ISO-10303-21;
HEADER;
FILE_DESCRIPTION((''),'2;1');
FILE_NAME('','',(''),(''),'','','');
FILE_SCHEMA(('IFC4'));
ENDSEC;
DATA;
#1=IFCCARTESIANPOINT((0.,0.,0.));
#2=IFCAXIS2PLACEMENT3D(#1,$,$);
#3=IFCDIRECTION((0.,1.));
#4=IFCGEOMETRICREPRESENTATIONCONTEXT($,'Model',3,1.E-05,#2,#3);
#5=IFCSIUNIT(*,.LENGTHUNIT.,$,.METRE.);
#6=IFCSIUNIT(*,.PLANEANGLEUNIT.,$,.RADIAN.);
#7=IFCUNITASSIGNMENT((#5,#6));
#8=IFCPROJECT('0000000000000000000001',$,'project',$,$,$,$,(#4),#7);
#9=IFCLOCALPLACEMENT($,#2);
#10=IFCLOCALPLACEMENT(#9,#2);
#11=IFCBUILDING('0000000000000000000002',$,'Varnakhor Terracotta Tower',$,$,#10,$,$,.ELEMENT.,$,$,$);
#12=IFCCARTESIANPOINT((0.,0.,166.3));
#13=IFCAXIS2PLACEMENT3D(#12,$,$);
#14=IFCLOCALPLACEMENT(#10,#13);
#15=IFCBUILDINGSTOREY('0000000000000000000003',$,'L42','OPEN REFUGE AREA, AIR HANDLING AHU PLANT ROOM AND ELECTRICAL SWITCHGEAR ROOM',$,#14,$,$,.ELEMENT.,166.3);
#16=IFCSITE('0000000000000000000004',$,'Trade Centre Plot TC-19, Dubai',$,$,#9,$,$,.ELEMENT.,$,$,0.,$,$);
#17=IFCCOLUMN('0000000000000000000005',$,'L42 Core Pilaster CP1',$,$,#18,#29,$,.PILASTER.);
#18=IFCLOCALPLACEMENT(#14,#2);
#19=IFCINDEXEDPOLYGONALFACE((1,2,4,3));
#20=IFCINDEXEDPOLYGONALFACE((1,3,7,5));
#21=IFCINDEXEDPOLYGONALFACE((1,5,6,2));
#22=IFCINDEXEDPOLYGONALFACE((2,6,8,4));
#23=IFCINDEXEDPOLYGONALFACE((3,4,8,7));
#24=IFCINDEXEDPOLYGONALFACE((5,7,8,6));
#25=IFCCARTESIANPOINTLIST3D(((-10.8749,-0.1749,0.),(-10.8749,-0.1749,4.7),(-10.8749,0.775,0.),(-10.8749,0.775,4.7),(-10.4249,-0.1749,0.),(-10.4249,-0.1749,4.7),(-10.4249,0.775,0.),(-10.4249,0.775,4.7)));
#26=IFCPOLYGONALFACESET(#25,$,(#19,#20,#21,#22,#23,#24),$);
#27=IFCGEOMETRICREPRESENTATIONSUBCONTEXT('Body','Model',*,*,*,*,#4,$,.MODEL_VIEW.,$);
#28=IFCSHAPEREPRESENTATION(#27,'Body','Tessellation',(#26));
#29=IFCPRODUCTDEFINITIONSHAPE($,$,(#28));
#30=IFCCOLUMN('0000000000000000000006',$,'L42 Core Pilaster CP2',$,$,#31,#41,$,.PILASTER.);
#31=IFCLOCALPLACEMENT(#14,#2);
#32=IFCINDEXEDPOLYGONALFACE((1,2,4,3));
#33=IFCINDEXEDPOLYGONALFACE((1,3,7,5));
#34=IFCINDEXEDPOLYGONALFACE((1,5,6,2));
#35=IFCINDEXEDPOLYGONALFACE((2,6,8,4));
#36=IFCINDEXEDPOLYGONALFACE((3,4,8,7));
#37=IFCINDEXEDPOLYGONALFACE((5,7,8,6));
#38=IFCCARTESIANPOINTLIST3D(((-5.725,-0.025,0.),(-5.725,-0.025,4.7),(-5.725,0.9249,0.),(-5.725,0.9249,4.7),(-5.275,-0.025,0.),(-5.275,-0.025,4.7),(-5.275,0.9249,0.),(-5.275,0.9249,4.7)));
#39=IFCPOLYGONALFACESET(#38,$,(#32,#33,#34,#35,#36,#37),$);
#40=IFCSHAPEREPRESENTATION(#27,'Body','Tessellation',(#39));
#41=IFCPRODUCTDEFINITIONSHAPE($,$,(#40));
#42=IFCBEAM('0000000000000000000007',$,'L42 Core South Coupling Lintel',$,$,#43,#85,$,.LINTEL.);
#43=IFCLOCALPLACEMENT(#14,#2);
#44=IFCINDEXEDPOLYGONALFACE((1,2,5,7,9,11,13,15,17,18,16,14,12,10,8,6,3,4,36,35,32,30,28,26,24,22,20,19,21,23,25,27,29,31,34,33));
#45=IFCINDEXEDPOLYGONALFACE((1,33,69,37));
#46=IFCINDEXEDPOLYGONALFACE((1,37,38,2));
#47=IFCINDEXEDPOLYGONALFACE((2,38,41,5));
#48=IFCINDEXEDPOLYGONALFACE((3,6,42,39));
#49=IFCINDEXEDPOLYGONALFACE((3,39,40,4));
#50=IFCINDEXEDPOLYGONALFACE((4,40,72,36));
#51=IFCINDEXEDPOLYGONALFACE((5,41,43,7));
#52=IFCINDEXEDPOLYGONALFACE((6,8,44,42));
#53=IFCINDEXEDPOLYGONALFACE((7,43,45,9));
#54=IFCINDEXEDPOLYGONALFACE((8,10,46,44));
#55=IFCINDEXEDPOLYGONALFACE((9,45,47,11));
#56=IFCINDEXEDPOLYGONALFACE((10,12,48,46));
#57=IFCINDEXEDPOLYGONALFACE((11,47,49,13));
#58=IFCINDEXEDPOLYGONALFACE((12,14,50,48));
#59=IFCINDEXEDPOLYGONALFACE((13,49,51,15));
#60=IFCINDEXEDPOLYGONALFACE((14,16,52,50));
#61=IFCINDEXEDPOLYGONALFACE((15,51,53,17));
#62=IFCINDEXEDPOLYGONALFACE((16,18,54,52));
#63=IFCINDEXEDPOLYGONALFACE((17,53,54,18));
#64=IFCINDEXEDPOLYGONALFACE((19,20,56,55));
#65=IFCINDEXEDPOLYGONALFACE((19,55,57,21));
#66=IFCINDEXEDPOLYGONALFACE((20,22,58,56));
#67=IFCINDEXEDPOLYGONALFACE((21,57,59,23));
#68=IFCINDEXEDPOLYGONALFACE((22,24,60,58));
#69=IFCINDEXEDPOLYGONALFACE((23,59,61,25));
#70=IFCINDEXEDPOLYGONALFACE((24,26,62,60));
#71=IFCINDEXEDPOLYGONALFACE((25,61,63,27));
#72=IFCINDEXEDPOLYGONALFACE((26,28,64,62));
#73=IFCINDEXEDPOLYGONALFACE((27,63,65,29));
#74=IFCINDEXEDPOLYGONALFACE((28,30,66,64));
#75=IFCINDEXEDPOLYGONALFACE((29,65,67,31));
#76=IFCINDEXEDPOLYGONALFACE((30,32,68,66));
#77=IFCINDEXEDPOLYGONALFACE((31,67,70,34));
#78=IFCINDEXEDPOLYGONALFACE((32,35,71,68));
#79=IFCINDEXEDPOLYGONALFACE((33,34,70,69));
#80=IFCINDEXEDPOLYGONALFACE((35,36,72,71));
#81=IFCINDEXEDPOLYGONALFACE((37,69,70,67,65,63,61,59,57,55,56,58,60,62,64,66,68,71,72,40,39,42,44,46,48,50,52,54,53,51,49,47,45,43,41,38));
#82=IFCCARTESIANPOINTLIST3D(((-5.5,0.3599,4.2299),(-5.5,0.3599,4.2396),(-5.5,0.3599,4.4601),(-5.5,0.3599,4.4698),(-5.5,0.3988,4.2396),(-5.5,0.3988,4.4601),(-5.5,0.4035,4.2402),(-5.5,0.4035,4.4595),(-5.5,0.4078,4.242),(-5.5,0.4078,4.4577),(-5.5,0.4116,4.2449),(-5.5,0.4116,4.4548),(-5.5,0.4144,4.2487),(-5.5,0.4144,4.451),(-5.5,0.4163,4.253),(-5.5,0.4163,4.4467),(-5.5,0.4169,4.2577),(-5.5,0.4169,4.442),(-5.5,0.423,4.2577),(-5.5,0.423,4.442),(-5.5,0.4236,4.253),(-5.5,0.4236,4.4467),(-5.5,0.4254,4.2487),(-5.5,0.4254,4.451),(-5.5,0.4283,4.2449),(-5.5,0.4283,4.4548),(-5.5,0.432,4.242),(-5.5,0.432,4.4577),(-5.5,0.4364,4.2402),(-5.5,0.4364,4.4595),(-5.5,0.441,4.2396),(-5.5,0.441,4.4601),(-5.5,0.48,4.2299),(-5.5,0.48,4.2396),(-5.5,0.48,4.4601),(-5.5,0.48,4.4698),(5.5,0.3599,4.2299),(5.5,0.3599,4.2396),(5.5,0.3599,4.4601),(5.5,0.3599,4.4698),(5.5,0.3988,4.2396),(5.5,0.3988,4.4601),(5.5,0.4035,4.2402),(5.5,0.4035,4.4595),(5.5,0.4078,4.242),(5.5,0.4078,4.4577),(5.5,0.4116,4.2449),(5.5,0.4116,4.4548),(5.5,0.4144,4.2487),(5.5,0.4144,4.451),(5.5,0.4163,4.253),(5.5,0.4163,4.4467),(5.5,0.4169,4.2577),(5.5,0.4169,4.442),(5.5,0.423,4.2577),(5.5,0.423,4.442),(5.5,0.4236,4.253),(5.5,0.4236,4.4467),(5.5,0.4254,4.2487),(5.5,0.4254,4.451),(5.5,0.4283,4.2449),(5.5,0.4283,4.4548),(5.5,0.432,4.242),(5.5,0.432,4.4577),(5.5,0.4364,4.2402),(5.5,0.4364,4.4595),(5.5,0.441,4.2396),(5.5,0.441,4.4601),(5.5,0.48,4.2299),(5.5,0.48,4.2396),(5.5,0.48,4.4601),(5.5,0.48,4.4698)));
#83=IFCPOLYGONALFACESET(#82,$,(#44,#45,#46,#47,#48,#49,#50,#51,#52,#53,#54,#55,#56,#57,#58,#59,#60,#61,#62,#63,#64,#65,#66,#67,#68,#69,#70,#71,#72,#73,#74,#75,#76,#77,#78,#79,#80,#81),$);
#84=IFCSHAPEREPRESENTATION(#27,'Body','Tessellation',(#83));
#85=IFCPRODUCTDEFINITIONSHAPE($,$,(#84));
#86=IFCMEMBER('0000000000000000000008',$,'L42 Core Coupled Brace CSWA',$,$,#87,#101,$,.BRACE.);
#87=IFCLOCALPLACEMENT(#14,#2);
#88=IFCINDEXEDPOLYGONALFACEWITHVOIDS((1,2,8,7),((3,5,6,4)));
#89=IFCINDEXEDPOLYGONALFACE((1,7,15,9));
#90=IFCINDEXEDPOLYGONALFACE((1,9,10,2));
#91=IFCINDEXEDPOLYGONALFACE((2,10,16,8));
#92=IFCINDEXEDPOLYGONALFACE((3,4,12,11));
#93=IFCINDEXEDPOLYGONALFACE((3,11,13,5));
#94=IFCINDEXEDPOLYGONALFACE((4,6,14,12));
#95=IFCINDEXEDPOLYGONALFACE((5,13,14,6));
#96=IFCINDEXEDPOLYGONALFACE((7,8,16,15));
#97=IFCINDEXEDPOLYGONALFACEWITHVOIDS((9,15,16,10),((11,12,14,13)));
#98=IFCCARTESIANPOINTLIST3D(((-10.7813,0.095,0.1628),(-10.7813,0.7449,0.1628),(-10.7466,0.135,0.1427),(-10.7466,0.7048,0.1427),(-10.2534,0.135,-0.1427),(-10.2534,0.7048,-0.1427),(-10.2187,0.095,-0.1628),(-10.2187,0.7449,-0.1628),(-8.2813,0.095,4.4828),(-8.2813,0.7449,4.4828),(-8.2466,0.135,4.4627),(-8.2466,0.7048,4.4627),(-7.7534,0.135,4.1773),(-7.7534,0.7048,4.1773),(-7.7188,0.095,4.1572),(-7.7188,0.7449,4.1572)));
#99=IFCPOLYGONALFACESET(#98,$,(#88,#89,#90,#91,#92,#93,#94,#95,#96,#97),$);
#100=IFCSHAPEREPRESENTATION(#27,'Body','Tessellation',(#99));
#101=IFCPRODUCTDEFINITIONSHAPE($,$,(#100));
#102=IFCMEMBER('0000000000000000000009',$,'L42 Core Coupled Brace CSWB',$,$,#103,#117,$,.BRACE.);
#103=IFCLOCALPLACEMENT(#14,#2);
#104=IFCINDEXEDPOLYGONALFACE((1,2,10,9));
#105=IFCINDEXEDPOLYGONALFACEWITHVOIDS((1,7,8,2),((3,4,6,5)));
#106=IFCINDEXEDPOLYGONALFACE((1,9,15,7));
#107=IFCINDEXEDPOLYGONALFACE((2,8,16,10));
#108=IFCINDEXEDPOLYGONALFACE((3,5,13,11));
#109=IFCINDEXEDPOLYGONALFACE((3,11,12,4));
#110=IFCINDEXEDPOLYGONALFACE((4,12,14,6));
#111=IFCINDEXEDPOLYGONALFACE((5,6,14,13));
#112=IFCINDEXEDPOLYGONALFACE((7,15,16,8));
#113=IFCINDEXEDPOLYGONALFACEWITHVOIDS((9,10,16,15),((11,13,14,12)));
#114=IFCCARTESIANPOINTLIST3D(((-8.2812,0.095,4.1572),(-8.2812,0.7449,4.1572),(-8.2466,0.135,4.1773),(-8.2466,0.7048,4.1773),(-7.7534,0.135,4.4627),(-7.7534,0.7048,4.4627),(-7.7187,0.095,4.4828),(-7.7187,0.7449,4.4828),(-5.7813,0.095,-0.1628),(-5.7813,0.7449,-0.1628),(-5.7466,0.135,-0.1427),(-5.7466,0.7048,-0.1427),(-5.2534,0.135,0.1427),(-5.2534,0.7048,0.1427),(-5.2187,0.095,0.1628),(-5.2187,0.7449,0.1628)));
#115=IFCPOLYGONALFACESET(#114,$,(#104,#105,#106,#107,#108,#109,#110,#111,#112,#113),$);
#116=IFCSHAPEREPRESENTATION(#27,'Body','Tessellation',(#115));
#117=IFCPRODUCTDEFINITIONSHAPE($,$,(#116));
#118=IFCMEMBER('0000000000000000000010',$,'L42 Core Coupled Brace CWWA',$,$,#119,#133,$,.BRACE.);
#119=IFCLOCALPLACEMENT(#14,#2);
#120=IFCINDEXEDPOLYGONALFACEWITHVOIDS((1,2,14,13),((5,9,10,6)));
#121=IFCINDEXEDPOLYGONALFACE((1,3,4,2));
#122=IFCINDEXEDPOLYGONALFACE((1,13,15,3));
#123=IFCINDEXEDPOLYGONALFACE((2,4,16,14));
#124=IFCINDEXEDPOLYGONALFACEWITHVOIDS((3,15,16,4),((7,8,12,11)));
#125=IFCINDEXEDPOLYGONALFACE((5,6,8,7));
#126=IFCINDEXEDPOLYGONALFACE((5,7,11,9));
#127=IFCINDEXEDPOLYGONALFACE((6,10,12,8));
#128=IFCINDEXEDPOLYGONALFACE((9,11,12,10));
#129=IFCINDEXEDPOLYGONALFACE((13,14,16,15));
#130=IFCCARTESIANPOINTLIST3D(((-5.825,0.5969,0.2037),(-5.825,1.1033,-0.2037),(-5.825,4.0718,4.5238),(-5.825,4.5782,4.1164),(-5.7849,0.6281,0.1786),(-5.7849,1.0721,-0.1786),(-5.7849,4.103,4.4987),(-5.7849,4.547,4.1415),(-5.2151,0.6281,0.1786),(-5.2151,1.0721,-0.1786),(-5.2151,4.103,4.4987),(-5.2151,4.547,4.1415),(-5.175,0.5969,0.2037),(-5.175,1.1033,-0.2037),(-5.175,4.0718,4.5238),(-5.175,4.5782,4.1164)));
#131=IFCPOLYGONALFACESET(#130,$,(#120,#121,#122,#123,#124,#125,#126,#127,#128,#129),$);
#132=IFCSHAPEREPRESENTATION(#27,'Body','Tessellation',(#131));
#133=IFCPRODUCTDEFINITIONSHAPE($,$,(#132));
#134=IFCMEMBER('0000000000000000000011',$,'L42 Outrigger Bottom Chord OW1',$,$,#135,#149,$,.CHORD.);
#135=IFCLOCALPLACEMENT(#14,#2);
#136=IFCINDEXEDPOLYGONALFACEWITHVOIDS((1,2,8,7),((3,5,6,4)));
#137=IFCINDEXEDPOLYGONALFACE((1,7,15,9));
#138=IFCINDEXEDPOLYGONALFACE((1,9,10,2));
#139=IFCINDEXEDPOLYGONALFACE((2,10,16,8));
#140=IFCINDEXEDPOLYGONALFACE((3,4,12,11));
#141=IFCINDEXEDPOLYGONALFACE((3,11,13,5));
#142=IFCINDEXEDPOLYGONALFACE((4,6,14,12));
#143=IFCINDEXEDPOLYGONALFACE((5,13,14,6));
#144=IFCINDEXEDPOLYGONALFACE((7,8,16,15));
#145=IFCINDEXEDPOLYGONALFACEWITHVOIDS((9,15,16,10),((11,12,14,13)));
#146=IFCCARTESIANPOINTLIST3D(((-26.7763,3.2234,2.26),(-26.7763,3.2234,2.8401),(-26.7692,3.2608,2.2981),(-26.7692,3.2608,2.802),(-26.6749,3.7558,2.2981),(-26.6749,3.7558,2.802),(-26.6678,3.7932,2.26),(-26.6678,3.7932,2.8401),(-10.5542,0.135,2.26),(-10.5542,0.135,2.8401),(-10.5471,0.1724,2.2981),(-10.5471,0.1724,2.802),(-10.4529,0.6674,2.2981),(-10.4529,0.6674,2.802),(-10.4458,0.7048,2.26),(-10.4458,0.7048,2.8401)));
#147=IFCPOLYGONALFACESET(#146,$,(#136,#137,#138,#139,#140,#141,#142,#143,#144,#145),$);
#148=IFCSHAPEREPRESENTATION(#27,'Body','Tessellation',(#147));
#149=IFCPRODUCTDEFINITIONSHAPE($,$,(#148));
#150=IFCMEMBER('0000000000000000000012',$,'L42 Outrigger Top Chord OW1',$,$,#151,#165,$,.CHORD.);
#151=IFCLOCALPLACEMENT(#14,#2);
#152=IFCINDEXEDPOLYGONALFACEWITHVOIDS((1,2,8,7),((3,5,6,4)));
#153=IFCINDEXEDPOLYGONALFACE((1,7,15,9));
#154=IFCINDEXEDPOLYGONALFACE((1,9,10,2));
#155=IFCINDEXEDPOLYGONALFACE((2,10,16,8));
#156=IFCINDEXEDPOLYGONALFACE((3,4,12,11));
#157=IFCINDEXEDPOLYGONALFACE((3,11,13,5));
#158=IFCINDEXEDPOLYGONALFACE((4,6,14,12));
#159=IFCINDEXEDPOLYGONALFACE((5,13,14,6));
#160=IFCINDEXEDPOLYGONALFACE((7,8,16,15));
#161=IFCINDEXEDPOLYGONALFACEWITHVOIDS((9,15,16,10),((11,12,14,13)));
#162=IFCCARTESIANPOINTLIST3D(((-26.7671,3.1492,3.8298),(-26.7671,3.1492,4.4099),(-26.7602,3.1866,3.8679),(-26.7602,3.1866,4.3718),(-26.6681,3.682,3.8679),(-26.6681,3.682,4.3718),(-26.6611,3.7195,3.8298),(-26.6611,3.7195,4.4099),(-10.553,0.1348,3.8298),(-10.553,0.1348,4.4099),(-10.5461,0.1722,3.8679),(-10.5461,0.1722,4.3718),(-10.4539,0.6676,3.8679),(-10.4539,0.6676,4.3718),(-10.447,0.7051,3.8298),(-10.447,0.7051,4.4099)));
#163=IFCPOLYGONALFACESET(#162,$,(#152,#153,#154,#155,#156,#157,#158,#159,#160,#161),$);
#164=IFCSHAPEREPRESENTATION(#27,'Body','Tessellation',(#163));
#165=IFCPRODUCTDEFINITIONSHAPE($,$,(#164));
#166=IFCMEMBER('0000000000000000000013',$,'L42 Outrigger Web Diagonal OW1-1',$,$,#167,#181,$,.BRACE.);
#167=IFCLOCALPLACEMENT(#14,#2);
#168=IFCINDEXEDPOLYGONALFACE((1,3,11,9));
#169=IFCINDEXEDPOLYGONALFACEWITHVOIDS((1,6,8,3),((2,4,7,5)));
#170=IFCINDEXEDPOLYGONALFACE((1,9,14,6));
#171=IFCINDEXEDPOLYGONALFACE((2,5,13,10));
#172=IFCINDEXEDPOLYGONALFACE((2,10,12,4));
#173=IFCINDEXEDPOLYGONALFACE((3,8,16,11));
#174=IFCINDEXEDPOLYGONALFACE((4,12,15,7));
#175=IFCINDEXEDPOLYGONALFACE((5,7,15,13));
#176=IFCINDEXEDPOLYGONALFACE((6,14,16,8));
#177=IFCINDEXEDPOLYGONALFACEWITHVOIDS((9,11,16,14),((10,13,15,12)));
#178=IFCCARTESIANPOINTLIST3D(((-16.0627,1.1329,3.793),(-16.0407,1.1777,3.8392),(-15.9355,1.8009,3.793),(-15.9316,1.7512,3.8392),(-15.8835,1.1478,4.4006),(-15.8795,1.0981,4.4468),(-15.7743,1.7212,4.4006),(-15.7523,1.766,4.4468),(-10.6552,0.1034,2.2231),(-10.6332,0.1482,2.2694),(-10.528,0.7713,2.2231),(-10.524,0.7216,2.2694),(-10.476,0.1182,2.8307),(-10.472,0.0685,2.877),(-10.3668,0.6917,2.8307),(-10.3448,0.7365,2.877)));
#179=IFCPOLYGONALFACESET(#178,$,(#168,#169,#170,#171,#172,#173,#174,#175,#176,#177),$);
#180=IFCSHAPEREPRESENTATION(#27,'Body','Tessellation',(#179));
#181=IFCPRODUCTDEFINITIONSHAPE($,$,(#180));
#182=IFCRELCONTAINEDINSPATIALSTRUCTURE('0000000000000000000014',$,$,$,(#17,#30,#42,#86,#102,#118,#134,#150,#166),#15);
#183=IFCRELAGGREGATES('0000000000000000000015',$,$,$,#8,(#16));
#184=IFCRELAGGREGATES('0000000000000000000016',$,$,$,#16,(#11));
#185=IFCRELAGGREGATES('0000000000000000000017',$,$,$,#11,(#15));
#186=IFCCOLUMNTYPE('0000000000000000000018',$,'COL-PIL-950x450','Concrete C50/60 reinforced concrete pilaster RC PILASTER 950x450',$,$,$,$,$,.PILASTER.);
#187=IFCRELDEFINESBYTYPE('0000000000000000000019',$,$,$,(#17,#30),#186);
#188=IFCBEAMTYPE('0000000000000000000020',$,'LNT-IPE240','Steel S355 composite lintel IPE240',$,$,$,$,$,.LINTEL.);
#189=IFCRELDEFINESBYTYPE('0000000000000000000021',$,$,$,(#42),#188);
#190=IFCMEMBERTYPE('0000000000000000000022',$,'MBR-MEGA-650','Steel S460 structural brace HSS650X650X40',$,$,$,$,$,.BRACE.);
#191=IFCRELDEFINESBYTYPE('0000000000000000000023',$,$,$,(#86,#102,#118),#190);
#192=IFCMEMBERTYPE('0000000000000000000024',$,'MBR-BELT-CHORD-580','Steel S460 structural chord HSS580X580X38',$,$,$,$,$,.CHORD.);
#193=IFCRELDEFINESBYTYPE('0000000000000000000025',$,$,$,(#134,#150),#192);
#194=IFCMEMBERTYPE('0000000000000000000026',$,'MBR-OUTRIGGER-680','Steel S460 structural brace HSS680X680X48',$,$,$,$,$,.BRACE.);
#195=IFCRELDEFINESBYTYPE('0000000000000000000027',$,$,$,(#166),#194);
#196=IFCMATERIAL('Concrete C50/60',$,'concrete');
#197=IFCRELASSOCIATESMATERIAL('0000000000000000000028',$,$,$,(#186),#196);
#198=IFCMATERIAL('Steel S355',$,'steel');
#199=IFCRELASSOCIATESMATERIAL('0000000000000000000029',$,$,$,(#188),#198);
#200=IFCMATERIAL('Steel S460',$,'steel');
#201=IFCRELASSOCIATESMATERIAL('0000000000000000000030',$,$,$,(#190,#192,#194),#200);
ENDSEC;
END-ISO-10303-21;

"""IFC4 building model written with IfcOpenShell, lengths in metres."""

from ifc_helpers import new_model, si_unit, direction, frame, origin, origin_2d, place, context, subcontext, project, spatial, rectangle, hollow_rectangle, i_section, extrude, source, transform, mapped, material, material_profile, profile_set, type_object, type_shapes, element, save


model = new_model("IFC4")

# Units and contexts
model_context = context("Model", 3, precision=1e-05, world=origin(), true_north=direction((0.0, 1.0)))
body_context = subcontext(model_context, "Body", "Model", "MODEL_VIEW")
ifc_project = project(units=[si_unit("LENGTHUNIT", "METRE"), si_unit("PLANEANGLEUNIT", "RADIAN")], contexts=[model_context])

# Site, building, storey
site_placement = place(None, origin())
site = spatial("IfcSite", under=ifc_project, at=site_placement, Name="Trade Centre Plot TC-19, Dubai", CompositionType="ELEMENT", RefElevation=0.0)
building_placement = place(site_placement, origin())
building = spatial("IfcBuilding", under=site, at=building_placement, Name="Varnakhor Terracotta Tower", CompositionType="ELEMENT")
storey_placement = place(building_placement, frame((0.0, 0.0, 166.3)))
storey = spatial("IfcBuildingStorey", under=building, at=storey_placement, Name="L42", Description="OPEN REFUGE AREA, AIR HANDLING AHU PLANT ROOM AND ELECTRICAL SWITCHGEAR ROOM", CompositionType="ELEMENT", Elevation=166.3)

# Columns
ifc_material_1 = material(Name="Concrete C50/60", Category="concrete")
ifc_material_profile_1 = material_profile(ifc_material_1, rectangle(XDim=0.45, YDim=0.95, at=origin_2d()), Name="RC PILASTER 950x450")
ifc_profile_set_1 = profile_set([ifc_material_profile_1], Name="Concrete C50/60")
column_type = type_object("IfcColumnType", Name="COL-PIL-950x450", Description="Concrete C50/60 reinforced concrete pilaster RC PILASTER 950x450", PredefinedType="PILASTER", material=ifc_profile_set_1)
shared_shape_1 = source(origin(), body_context, "Body", "SweptSolid", [
    extrude(rectangle(XDim=0.45, YDim=0.95, at=origin_2d()), origin(), (0.0, 0.0, 1.0), 4.7),
])
for number, where, z_axis, x_axis, name in (
    (1, (-10.6499, 0.3, 0.0), (0.0, 0.0, 1.0), (1.0, 0.0, 0.0), "L42 Core Pilaster CP1"),
    (2, (-5.5, 0.45, 0.0), (0.0, 0.0, 1.0), (1.0, 0.0, 0.0), "L42 Core Pilaster CP2"),
):
    element("IfcColumn", number, at=place(storey_placement, frame(where, z_axis=z_axis, x_axis=x_axis)), inside=storey, type_object=column_type, Name=name, PredefinedType="PILASTER", context=body_context, shape_type="MappedRepresentation", body=[
        mapped(shared_shape_1, transform((0.0, 0.0, 0.0), scale=1.0)),
    ])

# Beam
ifc_material_2 = material(Name="Steel S355", Category="steel")
ifc_material_profile_2 = material_profile(ifc_material_2, i_section(OverallWidth=0.1201, OverallDepth=0.24, WebThickness=0.0061, FlangeThickness=0.0098, FilletRadius=0.0181, at=origin_2d()), Name="IPE240")
ifc_profile_set_2 = profile_set([ifc_material_profile_2], Name="Steel S355")
beam_type = type_object("IfcBeamType", Name="LNT-IPE240", Description="Steel S355 composite lintel IPE240", PredefinedType="LINTEL", material=ifc_profile_set_2)
shared_shape_2 = source(origin(), body_context, "Body", "SweptSolid", [
    extrude(i_section(OverallWidth=0.1201, OverallDepth=0.24, WebThickness=0.0061, FlangeThickness=0.0098, FilletRadius=0.0181, at=origin_2d()), origin(), (0.0, 0.0, 1.0), 11.0),
])
type_shapes(beam_type, [shared_shape_2])
beam_placement = place(storey_placement, frame((-5.5, 0.4199, 4.3499), z_axis=(1.0, 0.0, 0.0), x_axis=(0.0, 1.0, 0.0)))
element("IfcBeam", 3, at=beam_placement, inside=storey, type_object=beam_type, Name="L42 Core South Coupling Lintel", PredefinedType="LINTEL", context=body_context, shape_type="MappedRepresentation", body=[
    mapped(shared_shape_2, transform((0.0, 0.0, 0.0), scale=1.0)),
])

# Members
ifc_material_3 = material(Name="Steel S460", Category="steel")
ifc_material_profile_3 = material_profile(ifc_material_3, hollow_rectangle(XDim=0.6499, YDim=0.6499, WallThickness=0.04, at=origin_2d()), Name="HSS650X650X40")
ifc_profile_set_3 = profile_set([ifc_material_profile_3], Name="Steel S460")
member_type_1 = type_object("IfcMemberType", Name="MBR-MEGA-650", Description="Steel S460 structural brace HSS650X650X40", PredefinedType="BRACE", material=ifc_profile_set_3)
shared_shape_3 = source(origin(), body_context, "Body", "SweptSolid", [
    extrude(hollow_rectangle(XDim=0.6499, YDim=0.6499, WallThickness=0.04, at=origin_2d()), origin(), (0.0, 0.0, 1.0), 4.9912),
])
for number, where, z_axis, x_axis, name in (
    (4, (-10.5, 0.4199, 0.0), (0.500872, 0.0, 0.865521), (0.0, 1.0, 0.0), "L42 Core Coupled Brace CSWA"),
    (5, (-5.5, 0.4199, 0.0), (-0.500872, 0.0, 0.865521), (0.0, -1.0, 0.0), "L42 Core Coupled Brace CSWB"),
):
    element("IfcMember", number, at=place(storey_placement, frame(where, z_axis=z_axis, x_axis=x_axis)), inside=storey, type_object=member_type_1, Name=name, PredefinedType="BRACE", context=body_context, shape_type="MappedRepresentation", body=[
        mapped(shared_shape_3, transform((0.0, 0.0, 0.0), scale=1.0)),
    ])
shared_shape_4 = source(origin(), body_context, "Body", "SweptSolid", [
    extrude(hollow_rectangle(XDim=0.6499, YDim=0.6499, WallThickness=0.04, at=origin_2d()), origin(), (0.0, 0.0, 1.0), 5.5442),
])
member_1_placement = place(storey_placement, frame((-5.5, 0.8501, 0.0), z_axis=(0.0, 0.62676, 0.779212), x_axis=(-1.0, 0.0, 0.0)))
element("IfcMember", 6, at=member_1_placement, inside=storey, type_object=member_type_1, Name="L42 Core Coupled Brace CWWA", PredefinedType="BRACE", context=body_context, shape_type="MappedRepresentation", body=[
    mapped(shared_shape_4, transform((0.0, 0.0, 0.0), scale=1.0)),
])
ifc_material_profile_4 = material_profile(ifc_material_3, hollow_rectangle(XDim=0.5801, YDim=0.5801, WallThickness=0.0381, at=origin_2d()), Name="HSS580X580X38")
ifc_profile_set_4 = profile_set([ifc_material_profile_4], Name="Steel S460")
member_type_2 = type_object("IfcMemberType", Name="MBR-BELT-CHORD-580", Description="Steel S460 structural chord HSS580X580X38", PredefinedType="CHORD", material=ifc_profile_set_4)
shared_shape_5 = source(origin(), body_context, "Body", "SweptSolid", [
    extrude(hollow_rectangle(XDim=0.5801, YDim=0.5801, WallThickness=0.0381, at=origin_2d()), origin(), (0.0, 0.0, 1.0), 16.5134),
])
member_2_placement = place(storey_placement, frame((-10.5, 0.4199, 2.55), z_axis=(-0.982356, 0.187021, 0.0), x_axis=(-0.187021, -0.982356, 0.0)))
element("IfcMember", 7, at=member_2_placement, inside=storey, type_object=member_type_2, Name="L42 Outrigger Bottom Chord OW1", PredefinedType="CHORD", context=body_context, shape_type="MappedRepresentation", body=[
    mapped(shared_shape_5, transform((0.0, 0.0, 0.0), scale=1.0)),
])
shared_shape_6 = source(origin(), body_context, "Body", "SweptSolid", [
    extrude(hollow_rectangle(XDim=0.5801, YDim=0.5801, WallThickness=0.0381, at=origin_2d()), origin(), (0.0, 0.0, 1.0), 16.4919),
])
member_3_placement = place(storey_placement, frame((-10.5, 0.4199, 4.1199), z_axis=(-0.983154, 0.18278, 0.0), x_axis=(-0.18278, -0.983154, 0.0)))
element("IfcMember", 8, at=member_3_placement, inside=storey, type_object=member_type_2, Name="L42 Outrigger Top Chord OW1", PredefinedType="CHORD", context=body_context, shape_type="MappedRepresentation", body=[
    mapped(shared_shape_6, transform((0.0, 0.0, 0.0), scale=1.0)),
])
ifc_material_profile_5 = material_profile(ifc_material_3, hollow_rectangle(XDim=0.6799, YDim=0.6799, WallThickness=0.0481, at=origin_2d()), Name="HSS680X680X48")
ifc_profile_set_5 = profile_set([ifc_material_profile_5], Name="Steel S460")
member_type_3 = type_object("IfcMemberType", Name="MBR-OUTRIGGER-680", Description="Steel S460 structural brace HSS680X680X48", PredefinedType="BRACE", material=ifc_profile_set_5)
shared_shape_7 = source(origin(), body_context, "Body", "SweptSolid", [
    extrude(hollow_rectangle(XDim=0.6799, YDim=0.6799, WallThickness=0.0481, at=origin_2d()), origin(), (0.0, 0.0, 1.0), 5.7241),
])
member_4_placement = place(storey_placement, frame((-10.5, 0.4199, 2.55), z_axis=(-0.944689, 0.179862, 0.274249), x_axis=(-0.187033, -0.982354, 0.0)))
element("IfcMember", 9, at=member_4_placement, inside=storey, type_object=member_type_3, Name="L42 Outrigger Web Diagonal OW1-1", PredefinedType="BRACE", context=body_context, shape_type="MappedRepresentation", body=[
    mapped(shared_shape_7, transform((0.0, 0.0, 0.0), scale=1.0)),
])

save(model, "model.ifc")
